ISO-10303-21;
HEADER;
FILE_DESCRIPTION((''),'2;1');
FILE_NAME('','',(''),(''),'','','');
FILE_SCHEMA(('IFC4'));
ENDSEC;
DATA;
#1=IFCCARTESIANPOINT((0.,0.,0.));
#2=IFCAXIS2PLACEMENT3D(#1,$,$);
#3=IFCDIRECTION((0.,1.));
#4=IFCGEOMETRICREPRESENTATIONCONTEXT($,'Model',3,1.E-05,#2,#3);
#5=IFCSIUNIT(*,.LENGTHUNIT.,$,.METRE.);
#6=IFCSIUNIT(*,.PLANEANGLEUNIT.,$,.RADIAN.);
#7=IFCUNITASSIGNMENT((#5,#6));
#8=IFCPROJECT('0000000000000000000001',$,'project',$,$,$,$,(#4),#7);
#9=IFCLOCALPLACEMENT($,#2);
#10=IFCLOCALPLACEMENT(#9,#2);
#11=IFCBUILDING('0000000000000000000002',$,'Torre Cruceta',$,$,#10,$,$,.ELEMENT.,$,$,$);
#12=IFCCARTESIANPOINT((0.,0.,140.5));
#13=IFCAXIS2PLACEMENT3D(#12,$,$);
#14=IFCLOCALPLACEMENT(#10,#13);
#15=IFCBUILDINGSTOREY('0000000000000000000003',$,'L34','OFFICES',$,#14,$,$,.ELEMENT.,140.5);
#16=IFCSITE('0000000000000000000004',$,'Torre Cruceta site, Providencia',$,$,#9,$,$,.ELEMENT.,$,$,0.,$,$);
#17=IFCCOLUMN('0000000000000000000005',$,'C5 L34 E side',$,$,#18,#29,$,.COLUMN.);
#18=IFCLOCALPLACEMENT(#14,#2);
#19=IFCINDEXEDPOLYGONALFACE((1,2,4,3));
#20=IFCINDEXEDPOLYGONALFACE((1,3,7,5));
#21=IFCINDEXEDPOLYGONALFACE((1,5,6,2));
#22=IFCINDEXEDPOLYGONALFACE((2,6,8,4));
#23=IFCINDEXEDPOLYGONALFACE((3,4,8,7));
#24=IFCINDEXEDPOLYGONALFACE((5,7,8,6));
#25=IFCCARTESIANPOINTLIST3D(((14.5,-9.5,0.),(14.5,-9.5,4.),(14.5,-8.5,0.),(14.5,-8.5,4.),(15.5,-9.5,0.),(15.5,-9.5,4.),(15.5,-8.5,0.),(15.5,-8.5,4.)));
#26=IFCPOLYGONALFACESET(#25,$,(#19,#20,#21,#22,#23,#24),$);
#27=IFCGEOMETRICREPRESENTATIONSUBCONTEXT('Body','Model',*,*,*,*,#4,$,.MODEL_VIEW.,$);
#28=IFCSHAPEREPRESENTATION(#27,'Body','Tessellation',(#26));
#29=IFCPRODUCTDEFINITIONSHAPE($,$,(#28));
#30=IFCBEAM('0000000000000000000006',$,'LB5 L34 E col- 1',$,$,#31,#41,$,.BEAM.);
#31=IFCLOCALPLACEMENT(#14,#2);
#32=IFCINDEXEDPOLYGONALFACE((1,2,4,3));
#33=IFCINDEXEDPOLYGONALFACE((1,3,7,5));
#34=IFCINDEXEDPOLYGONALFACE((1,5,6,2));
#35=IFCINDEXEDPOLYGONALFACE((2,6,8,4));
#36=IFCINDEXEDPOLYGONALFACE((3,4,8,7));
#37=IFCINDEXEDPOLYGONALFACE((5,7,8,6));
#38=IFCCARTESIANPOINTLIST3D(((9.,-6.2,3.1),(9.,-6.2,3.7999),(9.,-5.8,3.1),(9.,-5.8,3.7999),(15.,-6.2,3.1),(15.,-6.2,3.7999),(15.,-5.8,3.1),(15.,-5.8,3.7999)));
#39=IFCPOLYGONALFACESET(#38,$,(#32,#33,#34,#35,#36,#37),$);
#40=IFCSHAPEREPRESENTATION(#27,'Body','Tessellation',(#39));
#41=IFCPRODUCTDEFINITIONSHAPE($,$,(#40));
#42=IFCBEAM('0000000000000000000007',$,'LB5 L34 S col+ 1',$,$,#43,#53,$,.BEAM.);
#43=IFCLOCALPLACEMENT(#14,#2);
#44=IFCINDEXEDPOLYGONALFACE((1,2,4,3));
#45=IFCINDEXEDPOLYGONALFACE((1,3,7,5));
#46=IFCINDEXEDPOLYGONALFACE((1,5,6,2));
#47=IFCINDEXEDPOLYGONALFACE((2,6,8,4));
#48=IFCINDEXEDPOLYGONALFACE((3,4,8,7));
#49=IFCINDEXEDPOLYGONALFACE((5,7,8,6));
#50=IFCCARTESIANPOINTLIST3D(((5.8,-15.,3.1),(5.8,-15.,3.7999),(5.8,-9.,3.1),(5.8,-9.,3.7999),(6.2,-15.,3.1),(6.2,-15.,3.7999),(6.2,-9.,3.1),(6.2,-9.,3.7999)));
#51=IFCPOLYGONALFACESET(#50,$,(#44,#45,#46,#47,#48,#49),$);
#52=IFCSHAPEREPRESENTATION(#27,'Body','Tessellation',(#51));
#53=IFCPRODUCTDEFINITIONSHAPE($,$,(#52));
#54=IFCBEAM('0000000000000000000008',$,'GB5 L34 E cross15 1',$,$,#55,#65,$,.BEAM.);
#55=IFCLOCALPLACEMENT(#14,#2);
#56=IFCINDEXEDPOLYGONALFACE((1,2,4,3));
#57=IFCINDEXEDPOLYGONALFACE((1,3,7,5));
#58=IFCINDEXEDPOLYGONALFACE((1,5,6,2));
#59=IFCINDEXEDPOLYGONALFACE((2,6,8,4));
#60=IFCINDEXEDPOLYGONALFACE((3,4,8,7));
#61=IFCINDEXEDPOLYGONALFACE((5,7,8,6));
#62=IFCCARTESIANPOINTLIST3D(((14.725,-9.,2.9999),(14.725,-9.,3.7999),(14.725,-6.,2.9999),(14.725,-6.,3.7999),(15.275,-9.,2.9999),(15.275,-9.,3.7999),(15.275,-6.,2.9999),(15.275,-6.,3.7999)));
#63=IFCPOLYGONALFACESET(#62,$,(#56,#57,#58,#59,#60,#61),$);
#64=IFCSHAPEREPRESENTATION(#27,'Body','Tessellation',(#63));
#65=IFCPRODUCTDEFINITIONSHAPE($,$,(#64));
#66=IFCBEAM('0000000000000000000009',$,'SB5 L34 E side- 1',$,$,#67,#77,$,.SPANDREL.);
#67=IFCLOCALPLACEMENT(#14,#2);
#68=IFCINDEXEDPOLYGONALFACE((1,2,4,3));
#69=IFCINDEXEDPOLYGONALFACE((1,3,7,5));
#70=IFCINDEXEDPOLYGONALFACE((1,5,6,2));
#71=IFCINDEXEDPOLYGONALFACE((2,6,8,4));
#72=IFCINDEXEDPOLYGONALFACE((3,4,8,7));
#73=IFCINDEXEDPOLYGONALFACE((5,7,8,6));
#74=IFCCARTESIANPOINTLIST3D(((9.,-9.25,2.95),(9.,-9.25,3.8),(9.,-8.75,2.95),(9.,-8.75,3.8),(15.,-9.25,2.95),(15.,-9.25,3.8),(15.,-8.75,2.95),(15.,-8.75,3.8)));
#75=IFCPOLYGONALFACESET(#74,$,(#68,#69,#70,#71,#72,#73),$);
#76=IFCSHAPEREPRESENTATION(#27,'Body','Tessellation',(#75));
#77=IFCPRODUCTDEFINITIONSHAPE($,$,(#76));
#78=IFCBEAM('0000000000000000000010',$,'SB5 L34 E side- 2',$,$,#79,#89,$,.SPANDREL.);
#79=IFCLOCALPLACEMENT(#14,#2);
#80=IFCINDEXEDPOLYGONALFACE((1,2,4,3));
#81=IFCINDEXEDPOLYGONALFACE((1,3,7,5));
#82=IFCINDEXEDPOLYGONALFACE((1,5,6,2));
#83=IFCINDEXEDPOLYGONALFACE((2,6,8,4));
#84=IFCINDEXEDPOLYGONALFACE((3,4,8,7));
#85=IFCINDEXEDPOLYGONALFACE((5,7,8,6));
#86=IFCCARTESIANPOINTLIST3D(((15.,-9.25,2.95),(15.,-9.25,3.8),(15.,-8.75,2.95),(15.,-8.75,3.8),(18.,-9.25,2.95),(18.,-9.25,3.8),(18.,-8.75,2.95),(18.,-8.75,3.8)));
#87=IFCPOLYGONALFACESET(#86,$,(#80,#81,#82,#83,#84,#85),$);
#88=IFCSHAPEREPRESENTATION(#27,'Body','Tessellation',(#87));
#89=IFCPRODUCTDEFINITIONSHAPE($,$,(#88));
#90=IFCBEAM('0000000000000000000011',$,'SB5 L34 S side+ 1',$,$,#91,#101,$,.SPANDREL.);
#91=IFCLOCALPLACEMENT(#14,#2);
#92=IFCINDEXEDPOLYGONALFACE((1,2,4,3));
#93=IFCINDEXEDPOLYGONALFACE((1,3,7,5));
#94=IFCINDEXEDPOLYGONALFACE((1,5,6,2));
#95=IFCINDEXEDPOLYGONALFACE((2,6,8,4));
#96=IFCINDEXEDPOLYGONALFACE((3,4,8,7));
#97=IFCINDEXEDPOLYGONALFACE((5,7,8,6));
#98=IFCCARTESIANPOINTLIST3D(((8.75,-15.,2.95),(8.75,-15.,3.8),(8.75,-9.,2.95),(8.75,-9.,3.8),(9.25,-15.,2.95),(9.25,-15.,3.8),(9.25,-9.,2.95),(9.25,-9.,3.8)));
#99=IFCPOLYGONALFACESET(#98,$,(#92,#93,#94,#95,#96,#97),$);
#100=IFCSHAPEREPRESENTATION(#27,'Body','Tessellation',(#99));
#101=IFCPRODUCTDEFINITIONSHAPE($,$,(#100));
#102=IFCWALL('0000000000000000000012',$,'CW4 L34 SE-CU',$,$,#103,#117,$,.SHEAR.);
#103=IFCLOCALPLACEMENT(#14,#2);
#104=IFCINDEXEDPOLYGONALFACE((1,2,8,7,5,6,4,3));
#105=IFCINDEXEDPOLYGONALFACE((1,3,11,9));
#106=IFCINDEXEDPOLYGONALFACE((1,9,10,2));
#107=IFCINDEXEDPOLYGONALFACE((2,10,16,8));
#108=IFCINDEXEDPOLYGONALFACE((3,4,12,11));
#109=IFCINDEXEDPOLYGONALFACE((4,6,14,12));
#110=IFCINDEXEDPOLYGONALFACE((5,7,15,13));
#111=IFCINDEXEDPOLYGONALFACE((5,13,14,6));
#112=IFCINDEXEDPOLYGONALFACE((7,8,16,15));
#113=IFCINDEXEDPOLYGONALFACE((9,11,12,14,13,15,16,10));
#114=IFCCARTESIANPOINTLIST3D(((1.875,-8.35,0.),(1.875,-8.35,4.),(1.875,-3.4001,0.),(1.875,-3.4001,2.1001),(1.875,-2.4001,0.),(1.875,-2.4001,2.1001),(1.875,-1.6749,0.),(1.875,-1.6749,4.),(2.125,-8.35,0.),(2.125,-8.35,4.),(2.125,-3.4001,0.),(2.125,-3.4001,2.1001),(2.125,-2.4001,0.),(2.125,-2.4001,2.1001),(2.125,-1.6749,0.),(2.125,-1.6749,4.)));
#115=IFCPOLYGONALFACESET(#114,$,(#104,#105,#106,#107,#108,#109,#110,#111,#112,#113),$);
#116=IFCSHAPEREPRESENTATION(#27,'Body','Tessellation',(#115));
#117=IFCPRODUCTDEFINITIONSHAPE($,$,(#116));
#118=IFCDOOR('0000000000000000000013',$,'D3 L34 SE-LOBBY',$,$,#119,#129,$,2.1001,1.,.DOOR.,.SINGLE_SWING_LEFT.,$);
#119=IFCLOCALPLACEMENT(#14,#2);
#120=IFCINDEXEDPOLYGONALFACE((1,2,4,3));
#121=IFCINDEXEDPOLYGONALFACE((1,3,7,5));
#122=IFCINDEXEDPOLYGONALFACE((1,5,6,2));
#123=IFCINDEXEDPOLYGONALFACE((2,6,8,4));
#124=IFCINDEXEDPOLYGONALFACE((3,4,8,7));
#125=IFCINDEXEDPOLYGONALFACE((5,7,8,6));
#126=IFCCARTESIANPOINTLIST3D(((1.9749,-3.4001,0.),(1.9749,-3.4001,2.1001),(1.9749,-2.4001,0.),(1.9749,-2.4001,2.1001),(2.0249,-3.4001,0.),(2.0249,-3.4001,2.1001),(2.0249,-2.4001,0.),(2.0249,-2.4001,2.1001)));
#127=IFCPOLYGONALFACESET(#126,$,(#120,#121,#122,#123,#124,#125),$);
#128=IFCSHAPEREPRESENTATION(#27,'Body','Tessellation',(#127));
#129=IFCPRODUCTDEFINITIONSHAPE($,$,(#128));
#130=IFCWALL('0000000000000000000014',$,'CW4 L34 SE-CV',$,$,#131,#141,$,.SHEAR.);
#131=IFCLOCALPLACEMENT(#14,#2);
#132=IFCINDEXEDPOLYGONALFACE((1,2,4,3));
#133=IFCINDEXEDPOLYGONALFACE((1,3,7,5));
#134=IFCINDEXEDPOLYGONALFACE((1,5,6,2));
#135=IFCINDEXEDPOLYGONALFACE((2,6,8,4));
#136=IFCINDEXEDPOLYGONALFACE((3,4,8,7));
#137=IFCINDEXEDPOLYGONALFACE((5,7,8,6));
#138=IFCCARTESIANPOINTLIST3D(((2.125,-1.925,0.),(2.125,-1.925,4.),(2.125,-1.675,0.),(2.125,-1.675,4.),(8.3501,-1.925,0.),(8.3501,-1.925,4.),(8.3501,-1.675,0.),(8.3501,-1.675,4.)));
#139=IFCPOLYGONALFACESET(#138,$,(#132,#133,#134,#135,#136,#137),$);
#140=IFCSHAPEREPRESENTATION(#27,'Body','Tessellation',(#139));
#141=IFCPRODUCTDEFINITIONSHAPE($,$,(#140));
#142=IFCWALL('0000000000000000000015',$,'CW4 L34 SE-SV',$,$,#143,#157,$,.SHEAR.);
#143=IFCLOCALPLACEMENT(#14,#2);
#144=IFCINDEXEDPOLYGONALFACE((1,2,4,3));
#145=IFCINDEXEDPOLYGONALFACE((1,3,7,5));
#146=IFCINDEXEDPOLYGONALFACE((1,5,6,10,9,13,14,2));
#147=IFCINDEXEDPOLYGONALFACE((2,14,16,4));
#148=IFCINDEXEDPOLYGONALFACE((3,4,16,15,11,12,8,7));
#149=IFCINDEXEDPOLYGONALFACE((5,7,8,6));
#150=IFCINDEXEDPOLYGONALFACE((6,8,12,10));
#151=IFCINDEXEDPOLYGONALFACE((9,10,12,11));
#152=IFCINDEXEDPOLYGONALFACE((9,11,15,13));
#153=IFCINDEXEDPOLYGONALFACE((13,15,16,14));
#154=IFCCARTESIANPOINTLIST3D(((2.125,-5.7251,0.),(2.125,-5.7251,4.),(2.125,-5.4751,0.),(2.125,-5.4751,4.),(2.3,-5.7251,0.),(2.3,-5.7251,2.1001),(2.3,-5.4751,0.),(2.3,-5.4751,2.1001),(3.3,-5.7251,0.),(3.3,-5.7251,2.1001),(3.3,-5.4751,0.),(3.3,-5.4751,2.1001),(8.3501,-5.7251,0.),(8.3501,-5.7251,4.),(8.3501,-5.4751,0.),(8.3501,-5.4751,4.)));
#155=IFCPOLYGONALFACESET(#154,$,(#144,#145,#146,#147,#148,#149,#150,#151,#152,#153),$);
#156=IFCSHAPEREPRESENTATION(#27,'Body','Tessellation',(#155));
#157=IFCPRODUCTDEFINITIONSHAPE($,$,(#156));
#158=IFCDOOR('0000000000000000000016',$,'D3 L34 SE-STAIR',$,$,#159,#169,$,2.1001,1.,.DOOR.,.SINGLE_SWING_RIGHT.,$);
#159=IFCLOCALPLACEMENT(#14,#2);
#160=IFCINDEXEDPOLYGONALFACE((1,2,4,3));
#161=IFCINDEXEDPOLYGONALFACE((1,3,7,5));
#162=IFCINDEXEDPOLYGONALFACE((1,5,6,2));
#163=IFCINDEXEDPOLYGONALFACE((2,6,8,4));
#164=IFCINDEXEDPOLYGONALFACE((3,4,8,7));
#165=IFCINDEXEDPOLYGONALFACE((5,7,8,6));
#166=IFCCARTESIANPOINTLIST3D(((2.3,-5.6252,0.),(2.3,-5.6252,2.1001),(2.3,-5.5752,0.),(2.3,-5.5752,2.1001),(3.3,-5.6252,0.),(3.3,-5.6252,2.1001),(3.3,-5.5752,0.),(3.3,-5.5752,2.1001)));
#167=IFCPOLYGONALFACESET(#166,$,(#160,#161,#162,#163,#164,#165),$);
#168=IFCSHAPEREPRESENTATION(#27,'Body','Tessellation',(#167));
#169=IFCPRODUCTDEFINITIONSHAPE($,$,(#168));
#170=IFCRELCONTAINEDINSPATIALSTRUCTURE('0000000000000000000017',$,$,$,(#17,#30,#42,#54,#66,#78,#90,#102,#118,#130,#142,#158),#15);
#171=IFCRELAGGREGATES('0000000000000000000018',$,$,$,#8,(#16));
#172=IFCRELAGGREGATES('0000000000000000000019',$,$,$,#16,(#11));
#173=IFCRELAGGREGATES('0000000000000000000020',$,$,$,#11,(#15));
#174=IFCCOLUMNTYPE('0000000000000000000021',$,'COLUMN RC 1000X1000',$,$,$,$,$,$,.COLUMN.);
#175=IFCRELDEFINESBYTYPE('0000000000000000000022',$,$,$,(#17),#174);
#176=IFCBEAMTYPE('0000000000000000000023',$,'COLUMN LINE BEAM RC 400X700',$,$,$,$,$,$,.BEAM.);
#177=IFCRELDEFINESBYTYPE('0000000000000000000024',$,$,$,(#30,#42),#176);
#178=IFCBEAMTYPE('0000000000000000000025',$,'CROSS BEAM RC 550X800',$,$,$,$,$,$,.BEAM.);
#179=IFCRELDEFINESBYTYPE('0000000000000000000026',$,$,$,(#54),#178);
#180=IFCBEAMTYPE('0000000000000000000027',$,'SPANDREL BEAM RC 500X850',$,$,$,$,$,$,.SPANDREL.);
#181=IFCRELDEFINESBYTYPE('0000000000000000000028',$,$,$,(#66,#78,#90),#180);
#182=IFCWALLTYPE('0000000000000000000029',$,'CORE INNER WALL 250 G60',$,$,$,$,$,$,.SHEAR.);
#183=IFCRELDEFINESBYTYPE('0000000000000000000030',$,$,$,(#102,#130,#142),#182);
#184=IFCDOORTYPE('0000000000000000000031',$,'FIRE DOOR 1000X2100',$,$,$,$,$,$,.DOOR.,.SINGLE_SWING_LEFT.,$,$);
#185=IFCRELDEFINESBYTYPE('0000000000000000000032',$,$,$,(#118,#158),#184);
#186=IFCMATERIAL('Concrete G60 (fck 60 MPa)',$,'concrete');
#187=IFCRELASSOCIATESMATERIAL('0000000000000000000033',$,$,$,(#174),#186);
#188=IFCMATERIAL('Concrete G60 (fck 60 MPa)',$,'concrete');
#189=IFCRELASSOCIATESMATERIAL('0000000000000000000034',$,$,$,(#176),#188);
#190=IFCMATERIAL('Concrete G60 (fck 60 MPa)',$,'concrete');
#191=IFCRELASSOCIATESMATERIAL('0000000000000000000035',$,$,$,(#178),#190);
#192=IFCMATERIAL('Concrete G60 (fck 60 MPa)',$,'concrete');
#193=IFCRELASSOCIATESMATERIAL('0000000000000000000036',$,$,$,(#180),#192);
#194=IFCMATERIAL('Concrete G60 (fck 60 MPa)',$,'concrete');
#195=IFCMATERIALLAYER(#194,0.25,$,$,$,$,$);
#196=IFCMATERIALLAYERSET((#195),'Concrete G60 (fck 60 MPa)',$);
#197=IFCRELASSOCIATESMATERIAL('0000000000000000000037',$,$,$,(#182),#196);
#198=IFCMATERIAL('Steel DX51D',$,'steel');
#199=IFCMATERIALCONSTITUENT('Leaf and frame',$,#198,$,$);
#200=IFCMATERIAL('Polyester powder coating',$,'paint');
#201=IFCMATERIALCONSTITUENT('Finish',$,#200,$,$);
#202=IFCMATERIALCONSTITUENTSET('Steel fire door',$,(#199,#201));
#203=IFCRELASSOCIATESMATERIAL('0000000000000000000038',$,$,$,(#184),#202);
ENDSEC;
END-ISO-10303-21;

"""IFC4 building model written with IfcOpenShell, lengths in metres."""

from ifc_helpers import new_model, si_unit, direction, frame, frame_2d, origin, origin_2d, place, context, subcontext, project, spatial, rectangle, extrude, material, layer, layer_set, constituent, constituent_set, material_profile, profile_set, type_object, element, fill, save


model = new_model("IFC4")

# Units and contexts
model_context = context("Model", 3, precision=1e-05, world=origin(), true_north=direction((0.0, 1.0)))
body_context = subcontext(model_context, "Body", "Model", "MODEL_VIEW")
ifc_project = project(units=[si_unit("LENGTHUNIT", "METRE"), si_unit("PLANEANGLEUNIT", "RADIAN")], contexts=[model_context])

# Site, building, storey
site_placement = place(None, origin())
site = spatial("IfcSite", under=ifc_project, at=site_placement, Name="Torre Cruceta site, Providencia", CompositionType="ELEMENT", RefElevation=0.0)
building_placement = place(site_placement, origin())
building = spatial("IfcBuilding", under=site, at=building_placement, Name="Torre Cruceta", CompositionType="ELEMENT")
storey_placement = place(building_placement, frame((0.0, 0.0, 140.5)))
storey = spatial("IfcBuildingStorey", under=building, at=storey_placement, Name="L34", Description="OFFICES", CompositionType="ELEMENT", Elevation=140.5)

# Column
ifc_material_1 = material(Name="Concrete G60 (fck 60 MPa)", Category="concrete")
ifc_material_profile_1 = material_profile(ifc_material_1, rectangle(XDim=1.0, YDim=1.0, at=origin_2d()), Name="RC 1000X1000")
ifc_profile_set_1 = profile_set([ifc_material_profile_1], Name="Concrete G60 (fck 60 MPa)")
column_type = type_object("IfcColumnType", Name="COLUMN RC 1000X1000", PredefinedType="COLUMN", material=ifc_profile_set_1)
column_placement = place(storey_placement, frame((15.0, -9.0, 0.0), z_axis=(0.0, 0.0, 1.0), x_axis=(1.0, 0.0, 0.0)))
element("IfcColumn", 1, at=column_placement, inside=storey, type_object=column_type, Name="C5 L34 E side", PredefinedType="COLUMN", context=body_context, shape_type="SweptSolid", body=[
    extrude(rectangle(XDim=1.0, YDim=1.0, at=origin_2d()), origin(), (0.0, 0.0, 1.0), 4.0),
])

# Beams
ifc_material_2 = material(Name="Concrete G60 (fck 60 MPa)", Category="concrete")
ifc_material_profile_2 = material_profile(ifc_material_2, rectangle(XDim=0.3999, YDim=0.7, at=origin_2d()), Name="RC 400X700")
ifc_profile_set_2 = profile_set([ifc_material_profile_2], Name="Concrete G60 (fck 60 MPa)")
beam_type_1 = type_object("IfcBeamType", Name="COLUMN LINE BEAM RC 400X700", PredefinedType="BEAM", material=ifc_profile_set_2)
for number, where, z_axis, x_axis, name in (
    (2, (9.0, -6.0, 3.45), (1.0, 0.0, 0.0), (0.0, 1.0, 0.0), "LB5 L34 E col- 1"),
    (3, (6.0, -9.0, 3.45), (0.0, -1.0, 0.0), (1.0, 0.0, 0.0), "LB5 L34 S col+ 1"),
):
    element("IfcBeam", number, at=place(storey_placement, frame(where, z_axis=z_axis, x_axis=x_axis)), inside=storey, type_object=beam_type_1, Name=name, PredefinedType="BEAM", context=body_context, shape_type="SweptSolid", body=[
        extrude(rectangle(XDim=0.3999, YDim=0.7, at=origin_2d()), origin(), (0.0, 0.0, 1.0), 6.0),
    ])
ifc_material_3 = material(Name="Concrete G60 (fck 60 MPa)", Category="concrete")
ifc_material_profile_3 = material_profile(ifc_material_3, rectangle(XDim=0.55, YDim=0.8, at=origin_2d()), Name="RC 550X800")
ifc_profile_set_3 = profile_set([ifc_material_profile_3], Name="Concrete G60 (fck 60 MPa)")
beam_type_2 = type_object("IfcBeamType", Name="CROSS BEAM RC 550X800", PredefinedType="BEAM", material=ifc_profile_set_3)
beam_1_placement = place(storey_placement, frame((15.0, -9.0, 3.3999), z_axis=(0.0, 1.0, 0.0), x_axis=(-1.0, 0.0, 0.0)))
element("IfcBeam", 4, at=beam_1_placement, inside=storey, type_object=beam_type_2, Name="GB5 L34 E cross15 1", PredefinedType="BEAM", context=body_context, shape_type="SweptSolid", body=[
    extrude(rectangle(XDim=0.55, YDim=0.8, at=origin_2d()), origin(), (0.0, 0.0, 1.0), 3.0),
])
ifc_material_4 = material(Name="Concrete G60 (fck 60 MPa)", Category="concrete")
ifc_material_profile_4 = material_profile(ifc_material_4, rectangle(XDim=0.5, YDim=0.8501, at=origin_2d()), Name="RC 500X850")
ifc_profile_set_4 = profile_set([ifc_material_profile_4], Name="Concrete G60 (fck 60 MPa)")
beam_type_3 = type_object("IfcBeamType", Name="SPANDREL BEAM RC 500X850", PredefinedType="SPANDREL", material=ifc_profile_set_4)
beam_2_placement = place(storey_placement, frame((9.0, -9.0, 3.375), z_axis=(1.0, 0.0, 0.0), x_axis=(0.0, 1.0, 0.0)))
element("IfcBeam", 5, at=beam_2_placement, inside=storey, type_object=beam_type_3, Name="SB5 L34 E side- 1", PredefinedType="SPANDREL", context=body_context, shape_type="SweptSolid", body=[
    extrude(rectangle(XDim=0.5, YDim=0.8501, at=origin_2d()), origin(), (0.0, 0.0, 1.0), 6.0),
])
beam_3_placement = place(storey_placement, frame((15.0, -9.0, 3.375), z_axis=(1.0, 0.0, 0.0), x_axis=(0.0, 1.0, 0.0)))
element("IfcBeam", 6, at=beam_3_placement, inside=storey, type_object=beam_type_3, Name="SB5 L34 E side- 2", PredefinedType="SPANDREL", context=body_context, shape_type="SweptSolid", body=[
    extrude(rectangle(XDim=0.5, YDim=0.8501, at=origin_2d()), origin(), (0.0, 0.0, 1.0), 3.0),
])
beam_4_placement = place(storey_placement, frame((9.0, -9.0, 3.375), z_axis=(0.0, -1.0, 0.0), x_axis=(1.0, 0.0, 0.0)))
element("IfcBeam", 7, at=beam_4_placement, inside=storey, type_object=beam_type_3, Name="SB5 L34 S side+ 1", PredefinedType="SPANDREL", context=body_context, shape_type="SweptSolid", body=[
    extrude(rectangle(XDim=0.5, YDim=0.8501, at=origin_2d()), origin(), (0.0, 0.0, 1.0), 6.0),
])

# Wall, opening, door
ifc_material_5 = material(Name="Concrete G60 (fck 60 MPa)", Category="concrete")
ifc_layer_1 = layer(ifc_material_5, 0.25)
ifc_layer_set_1 = layer_set([ifc_layer_1], Name="Concrete G60 (fck 60 MPa)")
wall_type_1 = type_object("IfcWallType", Name="CORE INNER WALL 250 G60", PredefinedType="SHEAR", material=ifc_layer_set_1)
wall_1_placement = place(storey_placement, frame((2.0, -1.675, 0.0), z_axis=(0.0, 0.0, 1.0), x_axis=(0.0, -1.0, 0.0)))
wall_1 = element("IfcWall", 8, at=wall_1_placement, inside=storey, type_object=wall_type_1, Name="CW4 L34 SE-CU", PredefinedType="SHEAR", context=body_context, shape_type="SweptSolid", body=[
    extrude(rectangle(XDim=6.675, YDim=0.25, at=frame_2d((3.3374, 0.0))), origin(), (0.0, 0.0, 1.0), 4.0),
])
opening_1_placement = place(wall_1_placement, frame((0.7251, 0.0, 0.0)))
opening_1 = element("IfcOpeningElement", 9, at=opening_1_placement, cuts=wall_1, PredefinedType="OPENING", context=body_context, shape_type="SweptSolid", body=[
    extrude(rectangle(XDim=1.0, YDim=2.1001, at=frame_2d((0.5, 1.05))), frame((0.0, 0.135, 0.0), z_axis=(0.0, -1.0, 0.0), x_axis=(1.0, 0.0, 0.0)), (0.0, 0.0, 1.0), 0.27),
])
ifc_material_6 = material(Name="Steel DX51D", Category="steel")
ifc_constituent_1 = constituent(ifc_material_6, Name="Leaf and frame")
ifc_material_7 = material(Name="Polyester powder coating", Category="paint")
ifc_constituent_2 = constituent(ifc_material_7, Name="Finish")
ifc_constituent_set_1 = constituent_set(constituents=[ifc_constituent_1, ifc_constituent_2], Name="Steel fire door")
door_type_1 = type_object("IfcDoorType", Name="FIRE DOOR 1000X2100", OperationType="SINGLE_SWING_LEFT", PredefinedType="DOOR", material=ifc_constituent_set_1)
door_1_placement = place(opening_1_placement, origin())
door_1 = element("IfcDoor", 10, at=door_1_placement, inside=storey, type_object=door_type_1, Name="D3 L34 SE-LOBBY", OperationType="SINGLE_SWING_LEFT", OverallHeight=2.1001, OverallWidth=1.0, PredefinedType="DOOR", context=body_context, shape_type="SweptSolid", body=[
    extrude(rectangle(XDim=1.0, YDim=2.1001, at=frame_2d((0.5, 1.05))), frame((0.0, 0.0249, 0.0), z_axis=(0.0, -1.0, 0.0), x_axis=(1.0, 0.0, 0.0)), (0.0, 0.0, 1.0), 0.05),
])
fill(opening_1, door_1)

# Wall
wall_2_placement = place(storey_placement, frame((2.125, -1.8, 0.0), z_axis=(0.0, 0.0, 1.0), x_axis=(1.0, 0.0, 0.0)))
element("IfcWall", 11, at=wall_2_placement, inside=storey, type_object=wall_type_1, Name="CW4 L34 SE-CV", PredefinedType="SHEAR", context=body_context, shape_type="SweptSolid", body=[
    extrude(rectangle(XDim=6.2251, YDim=0.25, at=frame_2d((3.1125, 0.0))), origin(), (0.0, 0.0, 1.0), 4.0),
])

# Wall, opening, door
wall_3_placement = place(storey_placement, frame((2.125, -5.6001, 0.0), z_axis=(0.0, 0.0, 1.0), x_axis=(1.0, 0.0, 0.0)))
wall_3 = element("IfcWall", 12, at=wall_3_placement, inside=storey, type_object=wall_type_1, Name="CW4 L34 SE-SV", PredefinedType="SHEAR", context=body_context, shape_type="SweptSolid", body=[
    extrude(rectangle(XDim=6.2251, YDim=0.25, at=frame_2d((3.1125, 0.0))), origin(), (0.0, 0.0, 1.0), 4.0),
])
opening_2_placement = place(wall_3_placement, frame((0.175, 0.0, 0.0)))
opening_2 = element("IfcOpeningElement", 13, at=opening_2_placement, cuts=wall_3, PredefinedType="OPENING", context=body_context, shape_type="SweptSolid", body=[
    extrude(rectangle(XDim=1.0, YDim=2.1001, at=frame_2d((0.5, 1.05))), frame((0.0, 0.135, 0.0), z_axis=(0.0, -1.0, 0.0), x_axis=(1.0, 0.0, 0.0)), (0.0, 0.0, 1.0), 0.27),
])
door_2_placement = place(opening_2_placement, frame((1.0, 0.0, 0.0), z_axis=(0.0, 0.0, 1.0), x_axis=(-1.0, 0.0, 0.0)))
door_2 = element("IfcDoor", 14, at=door_2_placement, inside=storey, type_object=door_type_1, Name="D3 L34 SE-STAIR", OperationType="SINGLE_SWING_RIGHT", OverallHeight=2.1001, OverallWidth=1.0, PredefinedType="DOOR", context=body_context, shape_type="SweptSolid", body=[
    extrude(rectangle(XDim=1.0, YDim=2.1001, at=frame_2d((0.5, 1.05))), frame((0.0, 0.0251, 0.0), z_axis=(0.0, -1.0, 0.0), x_axis=(1.0, 0.0, 0.0)), (0.0, 0.0, 1.0), 0.05),
])
fill(opening_2, door_2)

save(model, "model.ifc")
